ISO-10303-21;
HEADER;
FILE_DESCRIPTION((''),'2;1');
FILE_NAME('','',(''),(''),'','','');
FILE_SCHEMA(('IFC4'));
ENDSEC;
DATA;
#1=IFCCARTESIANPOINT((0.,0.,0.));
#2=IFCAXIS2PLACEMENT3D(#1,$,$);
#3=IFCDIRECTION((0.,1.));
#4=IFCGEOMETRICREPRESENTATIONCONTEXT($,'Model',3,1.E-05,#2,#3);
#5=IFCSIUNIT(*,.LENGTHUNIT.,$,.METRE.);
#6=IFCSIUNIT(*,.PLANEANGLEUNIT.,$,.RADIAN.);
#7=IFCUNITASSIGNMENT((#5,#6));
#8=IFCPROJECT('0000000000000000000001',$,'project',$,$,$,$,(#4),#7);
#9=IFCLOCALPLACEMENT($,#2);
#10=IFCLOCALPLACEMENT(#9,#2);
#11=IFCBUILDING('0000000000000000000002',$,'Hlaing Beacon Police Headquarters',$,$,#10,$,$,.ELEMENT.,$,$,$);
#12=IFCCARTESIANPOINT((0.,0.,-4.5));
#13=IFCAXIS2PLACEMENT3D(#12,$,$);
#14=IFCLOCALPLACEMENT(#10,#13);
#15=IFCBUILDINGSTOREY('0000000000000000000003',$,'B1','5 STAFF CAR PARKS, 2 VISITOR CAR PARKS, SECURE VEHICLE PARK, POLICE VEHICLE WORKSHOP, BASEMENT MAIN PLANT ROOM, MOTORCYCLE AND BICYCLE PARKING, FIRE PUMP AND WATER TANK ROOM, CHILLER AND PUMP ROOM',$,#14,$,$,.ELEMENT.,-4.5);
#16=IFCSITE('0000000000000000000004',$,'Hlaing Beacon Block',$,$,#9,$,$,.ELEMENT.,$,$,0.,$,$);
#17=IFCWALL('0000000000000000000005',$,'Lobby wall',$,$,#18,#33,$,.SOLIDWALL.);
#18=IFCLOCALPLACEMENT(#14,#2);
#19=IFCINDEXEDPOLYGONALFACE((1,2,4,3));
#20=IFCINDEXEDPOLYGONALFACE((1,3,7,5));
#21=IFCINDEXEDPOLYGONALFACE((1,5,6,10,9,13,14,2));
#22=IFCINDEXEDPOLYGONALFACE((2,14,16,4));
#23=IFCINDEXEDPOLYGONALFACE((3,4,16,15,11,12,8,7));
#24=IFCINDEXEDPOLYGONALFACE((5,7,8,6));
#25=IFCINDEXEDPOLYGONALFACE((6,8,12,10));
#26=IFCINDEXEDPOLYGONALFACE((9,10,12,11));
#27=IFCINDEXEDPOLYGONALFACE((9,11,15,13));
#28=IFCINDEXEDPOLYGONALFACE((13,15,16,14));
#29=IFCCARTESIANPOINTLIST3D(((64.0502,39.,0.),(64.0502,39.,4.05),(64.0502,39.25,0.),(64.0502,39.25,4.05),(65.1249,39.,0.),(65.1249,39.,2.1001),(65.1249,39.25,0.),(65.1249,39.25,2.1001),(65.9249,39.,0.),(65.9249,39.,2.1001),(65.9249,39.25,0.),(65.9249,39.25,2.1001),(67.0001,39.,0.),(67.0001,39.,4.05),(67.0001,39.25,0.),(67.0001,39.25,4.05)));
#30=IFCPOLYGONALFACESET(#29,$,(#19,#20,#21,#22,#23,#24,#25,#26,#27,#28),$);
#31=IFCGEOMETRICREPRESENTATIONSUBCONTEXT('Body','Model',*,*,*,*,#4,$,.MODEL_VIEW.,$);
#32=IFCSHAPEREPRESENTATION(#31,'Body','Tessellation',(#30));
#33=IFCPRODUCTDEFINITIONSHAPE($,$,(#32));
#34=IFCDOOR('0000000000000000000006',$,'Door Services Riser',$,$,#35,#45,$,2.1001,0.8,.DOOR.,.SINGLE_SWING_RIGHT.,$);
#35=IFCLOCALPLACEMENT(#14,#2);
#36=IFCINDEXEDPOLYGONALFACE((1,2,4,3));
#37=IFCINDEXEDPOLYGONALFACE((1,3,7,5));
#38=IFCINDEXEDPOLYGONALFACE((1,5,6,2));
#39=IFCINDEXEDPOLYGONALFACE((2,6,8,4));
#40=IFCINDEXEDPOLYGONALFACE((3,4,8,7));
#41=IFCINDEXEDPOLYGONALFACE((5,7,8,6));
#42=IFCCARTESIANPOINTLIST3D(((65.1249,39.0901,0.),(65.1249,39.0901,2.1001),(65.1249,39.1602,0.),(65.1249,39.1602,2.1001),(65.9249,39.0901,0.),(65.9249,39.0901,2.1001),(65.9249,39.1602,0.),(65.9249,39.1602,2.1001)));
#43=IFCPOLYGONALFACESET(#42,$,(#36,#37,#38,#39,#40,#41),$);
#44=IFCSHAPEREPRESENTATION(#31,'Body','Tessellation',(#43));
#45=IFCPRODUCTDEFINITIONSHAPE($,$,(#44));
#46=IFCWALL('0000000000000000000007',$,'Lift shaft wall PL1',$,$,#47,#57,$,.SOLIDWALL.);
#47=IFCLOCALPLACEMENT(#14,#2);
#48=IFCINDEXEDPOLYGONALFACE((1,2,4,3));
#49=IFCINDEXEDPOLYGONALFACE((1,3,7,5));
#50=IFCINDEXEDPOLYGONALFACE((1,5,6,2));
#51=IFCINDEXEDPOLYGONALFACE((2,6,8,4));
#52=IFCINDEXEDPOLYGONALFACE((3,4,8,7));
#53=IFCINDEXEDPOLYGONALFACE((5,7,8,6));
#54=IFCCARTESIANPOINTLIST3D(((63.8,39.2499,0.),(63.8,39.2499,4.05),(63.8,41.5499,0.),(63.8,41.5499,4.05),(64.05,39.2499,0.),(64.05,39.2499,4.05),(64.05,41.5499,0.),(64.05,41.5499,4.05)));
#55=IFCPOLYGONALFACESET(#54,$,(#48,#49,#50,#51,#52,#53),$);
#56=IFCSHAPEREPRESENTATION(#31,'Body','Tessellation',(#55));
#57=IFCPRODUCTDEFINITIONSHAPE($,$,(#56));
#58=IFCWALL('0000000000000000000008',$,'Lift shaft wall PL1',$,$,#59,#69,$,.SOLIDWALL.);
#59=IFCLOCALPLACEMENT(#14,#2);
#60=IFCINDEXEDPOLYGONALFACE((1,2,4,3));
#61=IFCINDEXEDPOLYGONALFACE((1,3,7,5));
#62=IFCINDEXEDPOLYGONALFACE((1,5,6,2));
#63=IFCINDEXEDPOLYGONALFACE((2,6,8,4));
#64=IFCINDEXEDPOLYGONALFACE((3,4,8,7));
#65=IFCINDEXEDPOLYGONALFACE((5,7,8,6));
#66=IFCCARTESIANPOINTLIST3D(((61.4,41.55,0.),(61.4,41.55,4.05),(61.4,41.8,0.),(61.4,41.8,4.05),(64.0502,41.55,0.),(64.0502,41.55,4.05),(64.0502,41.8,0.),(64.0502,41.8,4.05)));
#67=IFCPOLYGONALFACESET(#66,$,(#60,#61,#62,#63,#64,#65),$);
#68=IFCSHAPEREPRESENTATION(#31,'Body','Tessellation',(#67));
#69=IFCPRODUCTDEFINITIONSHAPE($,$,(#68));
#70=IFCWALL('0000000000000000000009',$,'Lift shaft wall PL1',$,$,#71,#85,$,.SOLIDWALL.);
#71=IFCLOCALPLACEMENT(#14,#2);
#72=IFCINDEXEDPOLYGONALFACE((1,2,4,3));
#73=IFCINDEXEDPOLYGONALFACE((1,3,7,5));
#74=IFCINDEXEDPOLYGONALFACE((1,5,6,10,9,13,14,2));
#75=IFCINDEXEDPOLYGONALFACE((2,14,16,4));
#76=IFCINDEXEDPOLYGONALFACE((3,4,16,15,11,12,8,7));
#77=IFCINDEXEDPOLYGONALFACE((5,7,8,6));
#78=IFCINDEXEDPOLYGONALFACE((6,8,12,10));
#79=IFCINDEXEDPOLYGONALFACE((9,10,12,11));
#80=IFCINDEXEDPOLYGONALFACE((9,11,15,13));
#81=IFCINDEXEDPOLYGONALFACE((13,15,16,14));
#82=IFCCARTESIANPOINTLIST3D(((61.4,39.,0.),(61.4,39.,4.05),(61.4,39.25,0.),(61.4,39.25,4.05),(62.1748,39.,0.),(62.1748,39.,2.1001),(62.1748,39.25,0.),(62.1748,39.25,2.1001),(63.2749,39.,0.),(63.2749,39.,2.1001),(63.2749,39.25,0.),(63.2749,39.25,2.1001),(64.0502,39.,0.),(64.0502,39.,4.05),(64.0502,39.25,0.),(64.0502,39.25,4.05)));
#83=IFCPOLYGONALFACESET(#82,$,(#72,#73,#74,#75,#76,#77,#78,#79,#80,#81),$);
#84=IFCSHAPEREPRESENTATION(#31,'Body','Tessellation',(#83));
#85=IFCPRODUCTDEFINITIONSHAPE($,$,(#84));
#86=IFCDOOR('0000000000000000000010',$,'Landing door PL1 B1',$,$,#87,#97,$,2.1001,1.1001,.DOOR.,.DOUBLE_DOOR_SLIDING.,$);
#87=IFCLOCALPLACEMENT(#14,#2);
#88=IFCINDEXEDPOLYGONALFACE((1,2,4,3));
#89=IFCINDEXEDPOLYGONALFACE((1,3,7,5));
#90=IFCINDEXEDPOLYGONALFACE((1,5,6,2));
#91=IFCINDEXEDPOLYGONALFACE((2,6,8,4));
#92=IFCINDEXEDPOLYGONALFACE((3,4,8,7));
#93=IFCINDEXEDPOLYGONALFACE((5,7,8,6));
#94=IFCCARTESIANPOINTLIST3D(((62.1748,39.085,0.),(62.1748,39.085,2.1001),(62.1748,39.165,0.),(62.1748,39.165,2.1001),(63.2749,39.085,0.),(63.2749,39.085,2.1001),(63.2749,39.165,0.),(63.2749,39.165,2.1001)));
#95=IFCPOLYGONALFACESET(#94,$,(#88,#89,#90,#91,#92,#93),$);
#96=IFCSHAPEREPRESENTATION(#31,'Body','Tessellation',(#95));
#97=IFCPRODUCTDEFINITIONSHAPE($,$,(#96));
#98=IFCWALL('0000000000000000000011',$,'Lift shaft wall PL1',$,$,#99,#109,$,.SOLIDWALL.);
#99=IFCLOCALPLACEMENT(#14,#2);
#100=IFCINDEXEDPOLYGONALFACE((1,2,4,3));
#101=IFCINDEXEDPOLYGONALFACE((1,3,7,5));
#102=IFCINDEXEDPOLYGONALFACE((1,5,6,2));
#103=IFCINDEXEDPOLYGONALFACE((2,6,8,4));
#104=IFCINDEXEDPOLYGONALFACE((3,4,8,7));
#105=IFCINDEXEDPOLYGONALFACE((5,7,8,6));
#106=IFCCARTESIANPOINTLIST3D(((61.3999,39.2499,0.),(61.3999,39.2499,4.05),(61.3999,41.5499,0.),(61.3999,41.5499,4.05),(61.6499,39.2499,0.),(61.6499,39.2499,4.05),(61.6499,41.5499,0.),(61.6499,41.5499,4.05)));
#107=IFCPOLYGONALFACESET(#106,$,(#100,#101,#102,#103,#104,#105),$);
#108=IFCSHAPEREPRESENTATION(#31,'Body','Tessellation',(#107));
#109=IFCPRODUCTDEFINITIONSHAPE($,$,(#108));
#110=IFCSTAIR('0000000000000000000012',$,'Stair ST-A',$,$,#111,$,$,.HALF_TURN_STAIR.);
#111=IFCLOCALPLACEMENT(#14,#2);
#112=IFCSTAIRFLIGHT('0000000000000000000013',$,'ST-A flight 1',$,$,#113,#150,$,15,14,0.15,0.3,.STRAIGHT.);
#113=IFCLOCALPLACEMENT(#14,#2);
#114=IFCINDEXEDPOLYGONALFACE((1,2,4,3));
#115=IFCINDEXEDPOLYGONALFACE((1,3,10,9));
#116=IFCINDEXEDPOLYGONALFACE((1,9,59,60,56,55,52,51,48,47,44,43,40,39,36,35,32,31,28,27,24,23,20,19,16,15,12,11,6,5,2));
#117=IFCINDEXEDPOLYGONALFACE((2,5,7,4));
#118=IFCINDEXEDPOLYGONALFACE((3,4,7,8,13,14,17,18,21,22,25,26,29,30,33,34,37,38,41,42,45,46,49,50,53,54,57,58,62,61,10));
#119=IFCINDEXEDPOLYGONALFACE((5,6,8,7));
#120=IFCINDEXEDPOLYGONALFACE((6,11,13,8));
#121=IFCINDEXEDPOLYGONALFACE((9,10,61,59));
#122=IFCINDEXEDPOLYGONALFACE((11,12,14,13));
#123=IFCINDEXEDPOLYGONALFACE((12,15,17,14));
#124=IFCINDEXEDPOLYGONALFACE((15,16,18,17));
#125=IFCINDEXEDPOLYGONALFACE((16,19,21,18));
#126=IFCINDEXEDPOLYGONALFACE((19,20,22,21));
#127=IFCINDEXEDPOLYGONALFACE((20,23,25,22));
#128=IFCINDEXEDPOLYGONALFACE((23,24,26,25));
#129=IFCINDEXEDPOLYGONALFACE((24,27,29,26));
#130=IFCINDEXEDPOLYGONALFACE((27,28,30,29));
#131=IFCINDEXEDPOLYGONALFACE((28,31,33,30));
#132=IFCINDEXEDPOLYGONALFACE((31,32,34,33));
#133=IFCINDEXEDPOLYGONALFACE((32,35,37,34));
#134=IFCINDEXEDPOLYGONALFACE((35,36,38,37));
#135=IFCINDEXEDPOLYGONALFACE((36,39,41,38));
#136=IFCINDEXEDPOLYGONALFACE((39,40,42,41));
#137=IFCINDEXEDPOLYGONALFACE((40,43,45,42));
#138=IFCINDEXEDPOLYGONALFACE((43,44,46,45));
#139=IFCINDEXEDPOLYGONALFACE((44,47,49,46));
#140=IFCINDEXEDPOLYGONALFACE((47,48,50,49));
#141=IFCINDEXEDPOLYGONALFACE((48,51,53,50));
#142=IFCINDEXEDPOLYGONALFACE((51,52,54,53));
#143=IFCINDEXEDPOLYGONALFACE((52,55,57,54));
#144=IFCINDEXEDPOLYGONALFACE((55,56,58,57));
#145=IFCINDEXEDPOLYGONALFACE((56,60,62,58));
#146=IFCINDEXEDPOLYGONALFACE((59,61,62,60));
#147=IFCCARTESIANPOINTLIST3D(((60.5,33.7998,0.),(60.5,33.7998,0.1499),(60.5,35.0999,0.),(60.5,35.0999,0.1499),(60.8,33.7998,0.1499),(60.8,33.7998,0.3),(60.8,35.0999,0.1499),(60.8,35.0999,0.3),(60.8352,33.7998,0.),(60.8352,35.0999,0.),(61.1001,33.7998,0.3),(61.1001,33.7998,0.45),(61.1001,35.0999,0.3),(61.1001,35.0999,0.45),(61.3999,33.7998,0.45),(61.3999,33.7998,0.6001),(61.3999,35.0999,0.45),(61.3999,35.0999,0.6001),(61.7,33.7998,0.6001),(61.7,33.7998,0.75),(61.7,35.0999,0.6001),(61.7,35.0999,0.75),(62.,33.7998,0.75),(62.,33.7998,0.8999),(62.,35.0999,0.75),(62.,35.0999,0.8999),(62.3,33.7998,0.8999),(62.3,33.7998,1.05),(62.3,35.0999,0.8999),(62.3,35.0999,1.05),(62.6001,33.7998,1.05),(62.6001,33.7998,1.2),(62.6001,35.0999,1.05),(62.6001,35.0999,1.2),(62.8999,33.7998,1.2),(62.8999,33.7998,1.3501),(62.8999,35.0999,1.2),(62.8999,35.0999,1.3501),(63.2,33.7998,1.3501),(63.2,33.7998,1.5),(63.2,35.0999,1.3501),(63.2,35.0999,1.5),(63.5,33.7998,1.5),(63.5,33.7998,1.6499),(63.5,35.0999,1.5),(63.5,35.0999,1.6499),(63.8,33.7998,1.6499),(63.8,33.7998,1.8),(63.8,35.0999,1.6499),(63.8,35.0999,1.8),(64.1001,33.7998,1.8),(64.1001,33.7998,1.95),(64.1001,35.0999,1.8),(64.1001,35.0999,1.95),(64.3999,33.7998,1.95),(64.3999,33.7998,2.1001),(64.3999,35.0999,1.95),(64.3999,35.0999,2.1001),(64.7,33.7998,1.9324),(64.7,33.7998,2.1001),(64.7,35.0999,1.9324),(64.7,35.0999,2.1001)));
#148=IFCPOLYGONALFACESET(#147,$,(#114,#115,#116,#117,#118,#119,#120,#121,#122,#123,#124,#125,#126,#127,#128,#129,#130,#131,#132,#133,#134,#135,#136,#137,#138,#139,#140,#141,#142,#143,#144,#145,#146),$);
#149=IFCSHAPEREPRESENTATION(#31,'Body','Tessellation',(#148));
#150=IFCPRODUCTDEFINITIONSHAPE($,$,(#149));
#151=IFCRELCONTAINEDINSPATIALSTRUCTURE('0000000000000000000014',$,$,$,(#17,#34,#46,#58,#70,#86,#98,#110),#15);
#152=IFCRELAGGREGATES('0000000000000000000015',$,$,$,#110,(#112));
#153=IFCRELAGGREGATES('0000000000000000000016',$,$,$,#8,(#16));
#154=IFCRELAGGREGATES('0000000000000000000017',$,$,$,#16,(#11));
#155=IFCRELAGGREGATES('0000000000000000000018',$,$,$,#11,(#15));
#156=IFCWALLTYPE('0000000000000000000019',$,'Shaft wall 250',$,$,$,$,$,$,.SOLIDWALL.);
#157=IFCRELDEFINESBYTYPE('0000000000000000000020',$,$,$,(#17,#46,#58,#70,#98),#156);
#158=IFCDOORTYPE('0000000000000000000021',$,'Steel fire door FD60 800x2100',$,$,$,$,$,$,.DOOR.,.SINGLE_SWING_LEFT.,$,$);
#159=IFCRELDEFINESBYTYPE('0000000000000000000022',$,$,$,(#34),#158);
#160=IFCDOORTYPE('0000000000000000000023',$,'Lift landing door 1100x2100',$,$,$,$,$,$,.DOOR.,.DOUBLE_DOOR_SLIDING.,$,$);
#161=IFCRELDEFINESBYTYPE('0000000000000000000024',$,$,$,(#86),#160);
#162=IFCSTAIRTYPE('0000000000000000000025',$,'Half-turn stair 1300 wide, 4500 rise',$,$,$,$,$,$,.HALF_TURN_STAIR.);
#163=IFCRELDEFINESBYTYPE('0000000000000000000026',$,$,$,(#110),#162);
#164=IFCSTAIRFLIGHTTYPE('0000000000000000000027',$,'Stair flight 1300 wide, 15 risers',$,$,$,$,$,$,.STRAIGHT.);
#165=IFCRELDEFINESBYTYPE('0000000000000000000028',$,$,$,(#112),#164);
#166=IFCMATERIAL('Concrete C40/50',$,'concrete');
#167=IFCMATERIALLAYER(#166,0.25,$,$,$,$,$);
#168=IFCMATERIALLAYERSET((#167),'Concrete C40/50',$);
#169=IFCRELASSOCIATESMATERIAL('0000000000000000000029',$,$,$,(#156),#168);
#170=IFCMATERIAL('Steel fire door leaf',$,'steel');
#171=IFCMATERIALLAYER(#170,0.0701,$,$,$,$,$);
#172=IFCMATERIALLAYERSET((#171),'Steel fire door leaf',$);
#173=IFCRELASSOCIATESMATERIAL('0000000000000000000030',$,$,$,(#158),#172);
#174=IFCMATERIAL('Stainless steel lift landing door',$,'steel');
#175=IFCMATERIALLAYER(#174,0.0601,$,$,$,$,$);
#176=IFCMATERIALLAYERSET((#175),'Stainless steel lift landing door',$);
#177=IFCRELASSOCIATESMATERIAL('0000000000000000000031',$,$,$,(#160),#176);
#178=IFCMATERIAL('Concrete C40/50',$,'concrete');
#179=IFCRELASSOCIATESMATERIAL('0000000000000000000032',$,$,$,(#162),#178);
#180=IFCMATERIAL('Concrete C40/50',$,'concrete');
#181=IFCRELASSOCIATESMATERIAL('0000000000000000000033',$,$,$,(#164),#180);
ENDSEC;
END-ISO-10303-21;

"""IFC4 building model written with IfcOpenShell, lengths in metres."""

from ifc_helpers import new_model, si_unit, direction, frame, frame_2d, origin, place, context, subcontext, project, spatial, polyline, rectangle, outline, extrude, material, layer, layer_set, type_object, element, fill, aggregate, save


model = new_model("IFC4")

# Units and contexts
model_context = context("Model", 3, precision=1e-05, world=origin(), true_north=direction((0.0, 1.0)))
body_context = subcontext(model_context, "Body", "Model", "MODEL_VIEW")
ifc_project = project(units=[si_unit("LENGTHUNIT", "METRE"), si_unit("PLANEANGLEUNIT", "RADIAN")], contexts=[model_context])

# Site, building, storey
site_placement = place(None, origin())
site = spatial("IfcSite", under=ifc_project, at=site_placement, Name="Hlaing Beacon Block", CompositionType="ELEMENT", RefElevation=0.0)
building_placement = place(site_placement, origin())
building = spatial("IfcBuilding", under=site, at=building_placement, Name="Hlaing Beacon Police Headquarters", CompositionType="ELEMENT")
storey_placement = place(building_placement, frame((0.0, 0.0, -4.5)))
storey = spatial("IfcBuildingStorey", under=building, at=storey_placement, Name="B1", Description="5 STAFF CAR PARKS, 2 VISITOR CAR PARKS, SECURE VEHICLE PARK, POLICE VEHICLE WORKSHOP, BASEMENT MAIN PLANT ROOM, MOTORCYCLE AND BICYCLE PARKING, FIRE PUMP AND WATER TANK ROOM, CHILLER AND PUMP ROOM", CompositionType="ELEMENT", Elevation=-4.5)

# Wall, opening, door
ifc_material_1 = material(Name="Concrete C40/50", Category="concrete")
ifc_layer_1 = layer(ifc_material_1, 0.25)
ifc_layer_set_1 = layer_set([ifc_layer_1], Name="Concrete C40/50")
wall_type_1 = type_object("IfcWallType", Name="Shaft wall 250", PredefinedType="SOLIDWALL", material=ifc_layer_set_1)
wall_1_placement = place(storey_placement, frame((64.05, 39.125, 0.0), z_axis=(0.0, 0.0, 1.0), x_axis=(1.0, 0.0, 0.0)))
wall_1 = element("IfcWall", 1, at=wall_1_placement, inside=storey, type_object=wall_type_1, Name="Lobby wall", PredefinedType="SOLIDWALL", context=body_context, shape_type="SweptSolid", body=[
    extrude(rectangle(XDim=2.95, YDim=0.25, at=frame_2d((1.4751, 0.0))), origin(), (0.0, 0.0, 1.0), 4.05),
])
opening_1_placement = place(wall_1_placement, frame((1.075, 0.0, 0.0)))
opening_1 = element("IfcOpeningElement", 2, at=opening_1_placement, cuts=wall_1, PredefinedType="OPENING", context=body_context, shape_type="SweptSolid", body=[
    extrude(rectangle(XDim=0.8, YDim=2.1001, at=frame_2d((0.3999, 1.05))), frame((0.0, 0.135, 0.0), z_axis=(0.0, -1.0, 0.0), x_axis=(1.0, 0.0, 0.0)), (0.0, 0.0, 1.0), 0.27),
])
ifc_material_2 = material(Name="Steel fire door leaf", Category="steel")
ifc_layer_2 = layer(ifc_material_2, 0.0701)
ifc_layer_set_2 = layer_set([ifc_layer_2], Name="Steel fire door leaf")
door_type_1 = type_object("IfcDoorType", Name="Steel fire door FD60 800x2100", OperationType="SINGLE_SWING_LEFT", PredefinedType="DOOR", material=ifc_layer_set_2)
door_1_placement = place(opening_1_placement, origin())
door_1 = element("IfcDoor", 3, at=door_1_placement, inside=storey, type_object=door_type_1, Name="Door Services Riser", OperationType="SINGLE_SWING_RIGHT", OverallHeight=2.1001, OverallWidth=0.8, PredefinedType="DOOR", context=body_context, shape_type="SweptSolid", body=[
    extrude(rectangle(XDim=0.8, YDim=2.1001, at=frame_2d((0.3999, 1.05))), frame((0.0, 0.0352, 0.0), z_axis=(0.0, -1.0, 0.0), x_axis=(1.0, 0.0, 0.0)), (0.0, 0.0, 1.0), 0.0701),
])
fill(opening_1, door_1)

# Walls
wall_2_placement = place(storey_placement, frame((63.925, 39.25, 0.0), z_axis=(0.0, 0.0, 1.0), x_axis=(0.0, 1.0, 0.0)))
element("IfcWall", 4, at=wall_2_placement, inside=storey, type_object=wall_type_1, Name="Lift shaft wall PL1", PredefinedType="SOLIDWALL", context=body_context, shape_type="SweptSolid", body=[
    extrude(rectangle(XDim=2.3, YDim=0.25, at=frame_2d((1.1499, 0.0))), origin(), (0.0, 0.0, 1.0), 4.05),
])
wall_3_placement = place(storey_placement, frame((61.3999, 41.675, 0.0), z_axis=(0.0, 0.0, 1.0), x_axis=(1.0, 0.0, 0.0)))
element("IfcWall", 5, at=wall_3_placement, inside=storey, type_object=wall_type_1, Name="Lift shaft wall PL1", PredefinedType="SOLIDWALL", context=body_context, shape_type="SweptSolid", body=[
    extrude(rectangle(XDim=2.6501, YDim=0.25, at=frame_2d((1.3252, 0.0))), origin(), (0.0, 0.0, 1.0), 4.05),
])

# Wall, opening, door
wall_4_placement = place(storey_placement, frame((61.3999, 39.125, 0.0), z_axis=(0.0, 0.0, 1.0), x_axis=(1.0, 0.0, 0.0)))
wall_4 = element("IfcWall", 6, at=wall_4_placement, inside=storey, type_object=wall_type_1, Name="Lift shaft wall PL1", PredefinedType="SOLIDWALL", context=body_context, shape_type="SweptSolid", body=[
    extrude(rectangle(XDim=2.6501, YDim=0.25, at=frame_2d((1.3252, 0.0))), origin(), (0.0, 0.0, 1.0), 4.05),
])
opening_2_placement = place(wall_4_placement, frame((0.7749, 0.0, 0.0)))
opening_2 = element("IfcOpeningElement", 7, at=opening_2_placement, cuts=wall_4, PredefinedType="OPENING", context=body_context, shape_type="SweptSolid", body=[
    extrude(rectangle(XDim=1.1001, YDim=2.1001, at=frame_2d((0.55, 1.05))), frame((0.0, 0.135, 0.0), z_axis=(0.0, -1.0, 0.0), x_axis=(1.0, 0.0, 0.0)), (0.0, 0.0, 1.0), 0.27),
])
ifc_material_3 = material(Name="Stainless steel lift landing door", Category="steel")
ifc_layer_3 = layer(ifc_material_3, 0.0601)
ifc_layer_set_3 = layer_set([ifc_layer_3], Name="Stainless steel lift landing door")
door_type_2 = type_object("IfcDoorType", Name="Lift landing door 1100x2100", OperationType="DOUBLE_DOOR_SLIDING", PredefinedType="DOOR", material=ifc_layer_set_3)
door_2_placement = place(opening_2_placement, origin())
door_2 = element("IfcDoor", 8, at=door_2_placement, inside=storey, type_object=door_type_2, Name="Landing door PL1 B1", OperationType="DOUBLE_DOOR_SLIDING", OverallHeight=2.1001, OverallWidth=1.1001, PredefinedType="DOOR", context=body_context, shape_type="SweptSolid", body=[
    extrude(rectangle(XDim=1.1001, YDim=2.1001, at=frame_2d((0.55, 1.05))), frame((0.0, 0.04, 0.0), z_axis=(0.0, -1.0, 0.0), x_axis=(1.0, 0.0, 0.0)), (0.0, 0.0, 1.0), 0.0801),
])
fill(opening_2, door_2)

# Wall
wall_5_placement = place(storey_placement, frame((61.5249, 39.25, 0.0), z_axis=(0.0, 0.0, 1.0), x_axis=(0.0, 1.0, 0.0)))
element("IfcWall", 9, at=wall_5_placement, inside=storey, type_object=wall_type_1, Name="Lift shaft wall PL1", PredefinedType="SOLIDWALL", context=body_context, shape_type="SweptSolid", body=[
    extrude(rectangle(XDim=2.3, YDim=0.25, at=frame_2d((1.1499, 0.0))), origin(), (0.0, 0.0, 1.0), 4.05),
])

# Stair, stair flight
ifc_material_4 = material(Name="Concrete C40/50", Category="concrete")
stair_type = type_object("IfcStairType", Name="Half-turn stair 1300 wide, 4500 rise", PredefinedType="HALF_TURN_STAIR", material=ifc_material_4)
stair_placement = place(storey_placement, origin())
stair = element("IfcStair", 10, at=stair_placement, inside=storey, type_object=stair_type, Name="Stair ST-A", PredefinedType="HALF_TURN_STAIR")
ifc_material_5 = material(Name="Concrete C40/50", Category="concrete")
stair_flight_type = type_object("IfcStairFlightType", Name="Stair flight 1300 wide, 15 risers", PredefinedType="STRAIGHT", material=ifc_material_5)
stair_flight_1_placement = place(storey_placement, frame((60.5, 34.45, 0.0), z_axis=(0.0, 0.0, 1.0), x_axis=(1.0, 0.0, 0.0)))
stair_flight_1 = element("IfcStairFlight", 11, at=stair_flight_1_placement, type_object=stair_flight_type, Name="ST-A flight 1", NumberOfRisers=15, NumberOfTreads=14, PredefinedType="STRAIGHT", RiserHeight=0.15, TreadLength=0.3, context=body_context, shape_type="SweptSolid", body=[
    extrude(outline(polyline([(0.0, 0.0), (0.0, 0.1499), (0.3, 0.1499), (0.3, 0.3), (0.6001, 0.3), (0.6001, 0.45), (0.8999, 0.45), (0.8999, 0.6001), (1.2, 0.6001), (1.2, 0.75), (1.5, 0.75), (1.5, 0.8999), (1.8, 0.8999), (1.8, 1.05), (2.1001, 1.05), (2.1001, 1.2), (2.3999, 1.2), (2.3999, 1.3501), (2.7, 1.3501), (2.7, 1.5), (3.0, 1.5), (3.0, 1.6499), (3.3, 1.6499), (3.3, 1.8), (3.6001, 1.8), (3.6001, 1.95), (3.8999, 1.95), (3.8999, 2.1001), (4.2, 2.1001), (4.2, 2.25), (4.2, 1.9324), (0.3352, 0.0), (0.0, 0.0)])), frame((0.0, 0.6499, 0.0), z_axis=(0.0, -1.0, 0.0), x_axis=(1.0, 0.0, 0.0)), (0.0, 0.0, 1.0), 1.3),
])
aggregate(stair, [stair_flight_1])

save(model, "model.ifc")
